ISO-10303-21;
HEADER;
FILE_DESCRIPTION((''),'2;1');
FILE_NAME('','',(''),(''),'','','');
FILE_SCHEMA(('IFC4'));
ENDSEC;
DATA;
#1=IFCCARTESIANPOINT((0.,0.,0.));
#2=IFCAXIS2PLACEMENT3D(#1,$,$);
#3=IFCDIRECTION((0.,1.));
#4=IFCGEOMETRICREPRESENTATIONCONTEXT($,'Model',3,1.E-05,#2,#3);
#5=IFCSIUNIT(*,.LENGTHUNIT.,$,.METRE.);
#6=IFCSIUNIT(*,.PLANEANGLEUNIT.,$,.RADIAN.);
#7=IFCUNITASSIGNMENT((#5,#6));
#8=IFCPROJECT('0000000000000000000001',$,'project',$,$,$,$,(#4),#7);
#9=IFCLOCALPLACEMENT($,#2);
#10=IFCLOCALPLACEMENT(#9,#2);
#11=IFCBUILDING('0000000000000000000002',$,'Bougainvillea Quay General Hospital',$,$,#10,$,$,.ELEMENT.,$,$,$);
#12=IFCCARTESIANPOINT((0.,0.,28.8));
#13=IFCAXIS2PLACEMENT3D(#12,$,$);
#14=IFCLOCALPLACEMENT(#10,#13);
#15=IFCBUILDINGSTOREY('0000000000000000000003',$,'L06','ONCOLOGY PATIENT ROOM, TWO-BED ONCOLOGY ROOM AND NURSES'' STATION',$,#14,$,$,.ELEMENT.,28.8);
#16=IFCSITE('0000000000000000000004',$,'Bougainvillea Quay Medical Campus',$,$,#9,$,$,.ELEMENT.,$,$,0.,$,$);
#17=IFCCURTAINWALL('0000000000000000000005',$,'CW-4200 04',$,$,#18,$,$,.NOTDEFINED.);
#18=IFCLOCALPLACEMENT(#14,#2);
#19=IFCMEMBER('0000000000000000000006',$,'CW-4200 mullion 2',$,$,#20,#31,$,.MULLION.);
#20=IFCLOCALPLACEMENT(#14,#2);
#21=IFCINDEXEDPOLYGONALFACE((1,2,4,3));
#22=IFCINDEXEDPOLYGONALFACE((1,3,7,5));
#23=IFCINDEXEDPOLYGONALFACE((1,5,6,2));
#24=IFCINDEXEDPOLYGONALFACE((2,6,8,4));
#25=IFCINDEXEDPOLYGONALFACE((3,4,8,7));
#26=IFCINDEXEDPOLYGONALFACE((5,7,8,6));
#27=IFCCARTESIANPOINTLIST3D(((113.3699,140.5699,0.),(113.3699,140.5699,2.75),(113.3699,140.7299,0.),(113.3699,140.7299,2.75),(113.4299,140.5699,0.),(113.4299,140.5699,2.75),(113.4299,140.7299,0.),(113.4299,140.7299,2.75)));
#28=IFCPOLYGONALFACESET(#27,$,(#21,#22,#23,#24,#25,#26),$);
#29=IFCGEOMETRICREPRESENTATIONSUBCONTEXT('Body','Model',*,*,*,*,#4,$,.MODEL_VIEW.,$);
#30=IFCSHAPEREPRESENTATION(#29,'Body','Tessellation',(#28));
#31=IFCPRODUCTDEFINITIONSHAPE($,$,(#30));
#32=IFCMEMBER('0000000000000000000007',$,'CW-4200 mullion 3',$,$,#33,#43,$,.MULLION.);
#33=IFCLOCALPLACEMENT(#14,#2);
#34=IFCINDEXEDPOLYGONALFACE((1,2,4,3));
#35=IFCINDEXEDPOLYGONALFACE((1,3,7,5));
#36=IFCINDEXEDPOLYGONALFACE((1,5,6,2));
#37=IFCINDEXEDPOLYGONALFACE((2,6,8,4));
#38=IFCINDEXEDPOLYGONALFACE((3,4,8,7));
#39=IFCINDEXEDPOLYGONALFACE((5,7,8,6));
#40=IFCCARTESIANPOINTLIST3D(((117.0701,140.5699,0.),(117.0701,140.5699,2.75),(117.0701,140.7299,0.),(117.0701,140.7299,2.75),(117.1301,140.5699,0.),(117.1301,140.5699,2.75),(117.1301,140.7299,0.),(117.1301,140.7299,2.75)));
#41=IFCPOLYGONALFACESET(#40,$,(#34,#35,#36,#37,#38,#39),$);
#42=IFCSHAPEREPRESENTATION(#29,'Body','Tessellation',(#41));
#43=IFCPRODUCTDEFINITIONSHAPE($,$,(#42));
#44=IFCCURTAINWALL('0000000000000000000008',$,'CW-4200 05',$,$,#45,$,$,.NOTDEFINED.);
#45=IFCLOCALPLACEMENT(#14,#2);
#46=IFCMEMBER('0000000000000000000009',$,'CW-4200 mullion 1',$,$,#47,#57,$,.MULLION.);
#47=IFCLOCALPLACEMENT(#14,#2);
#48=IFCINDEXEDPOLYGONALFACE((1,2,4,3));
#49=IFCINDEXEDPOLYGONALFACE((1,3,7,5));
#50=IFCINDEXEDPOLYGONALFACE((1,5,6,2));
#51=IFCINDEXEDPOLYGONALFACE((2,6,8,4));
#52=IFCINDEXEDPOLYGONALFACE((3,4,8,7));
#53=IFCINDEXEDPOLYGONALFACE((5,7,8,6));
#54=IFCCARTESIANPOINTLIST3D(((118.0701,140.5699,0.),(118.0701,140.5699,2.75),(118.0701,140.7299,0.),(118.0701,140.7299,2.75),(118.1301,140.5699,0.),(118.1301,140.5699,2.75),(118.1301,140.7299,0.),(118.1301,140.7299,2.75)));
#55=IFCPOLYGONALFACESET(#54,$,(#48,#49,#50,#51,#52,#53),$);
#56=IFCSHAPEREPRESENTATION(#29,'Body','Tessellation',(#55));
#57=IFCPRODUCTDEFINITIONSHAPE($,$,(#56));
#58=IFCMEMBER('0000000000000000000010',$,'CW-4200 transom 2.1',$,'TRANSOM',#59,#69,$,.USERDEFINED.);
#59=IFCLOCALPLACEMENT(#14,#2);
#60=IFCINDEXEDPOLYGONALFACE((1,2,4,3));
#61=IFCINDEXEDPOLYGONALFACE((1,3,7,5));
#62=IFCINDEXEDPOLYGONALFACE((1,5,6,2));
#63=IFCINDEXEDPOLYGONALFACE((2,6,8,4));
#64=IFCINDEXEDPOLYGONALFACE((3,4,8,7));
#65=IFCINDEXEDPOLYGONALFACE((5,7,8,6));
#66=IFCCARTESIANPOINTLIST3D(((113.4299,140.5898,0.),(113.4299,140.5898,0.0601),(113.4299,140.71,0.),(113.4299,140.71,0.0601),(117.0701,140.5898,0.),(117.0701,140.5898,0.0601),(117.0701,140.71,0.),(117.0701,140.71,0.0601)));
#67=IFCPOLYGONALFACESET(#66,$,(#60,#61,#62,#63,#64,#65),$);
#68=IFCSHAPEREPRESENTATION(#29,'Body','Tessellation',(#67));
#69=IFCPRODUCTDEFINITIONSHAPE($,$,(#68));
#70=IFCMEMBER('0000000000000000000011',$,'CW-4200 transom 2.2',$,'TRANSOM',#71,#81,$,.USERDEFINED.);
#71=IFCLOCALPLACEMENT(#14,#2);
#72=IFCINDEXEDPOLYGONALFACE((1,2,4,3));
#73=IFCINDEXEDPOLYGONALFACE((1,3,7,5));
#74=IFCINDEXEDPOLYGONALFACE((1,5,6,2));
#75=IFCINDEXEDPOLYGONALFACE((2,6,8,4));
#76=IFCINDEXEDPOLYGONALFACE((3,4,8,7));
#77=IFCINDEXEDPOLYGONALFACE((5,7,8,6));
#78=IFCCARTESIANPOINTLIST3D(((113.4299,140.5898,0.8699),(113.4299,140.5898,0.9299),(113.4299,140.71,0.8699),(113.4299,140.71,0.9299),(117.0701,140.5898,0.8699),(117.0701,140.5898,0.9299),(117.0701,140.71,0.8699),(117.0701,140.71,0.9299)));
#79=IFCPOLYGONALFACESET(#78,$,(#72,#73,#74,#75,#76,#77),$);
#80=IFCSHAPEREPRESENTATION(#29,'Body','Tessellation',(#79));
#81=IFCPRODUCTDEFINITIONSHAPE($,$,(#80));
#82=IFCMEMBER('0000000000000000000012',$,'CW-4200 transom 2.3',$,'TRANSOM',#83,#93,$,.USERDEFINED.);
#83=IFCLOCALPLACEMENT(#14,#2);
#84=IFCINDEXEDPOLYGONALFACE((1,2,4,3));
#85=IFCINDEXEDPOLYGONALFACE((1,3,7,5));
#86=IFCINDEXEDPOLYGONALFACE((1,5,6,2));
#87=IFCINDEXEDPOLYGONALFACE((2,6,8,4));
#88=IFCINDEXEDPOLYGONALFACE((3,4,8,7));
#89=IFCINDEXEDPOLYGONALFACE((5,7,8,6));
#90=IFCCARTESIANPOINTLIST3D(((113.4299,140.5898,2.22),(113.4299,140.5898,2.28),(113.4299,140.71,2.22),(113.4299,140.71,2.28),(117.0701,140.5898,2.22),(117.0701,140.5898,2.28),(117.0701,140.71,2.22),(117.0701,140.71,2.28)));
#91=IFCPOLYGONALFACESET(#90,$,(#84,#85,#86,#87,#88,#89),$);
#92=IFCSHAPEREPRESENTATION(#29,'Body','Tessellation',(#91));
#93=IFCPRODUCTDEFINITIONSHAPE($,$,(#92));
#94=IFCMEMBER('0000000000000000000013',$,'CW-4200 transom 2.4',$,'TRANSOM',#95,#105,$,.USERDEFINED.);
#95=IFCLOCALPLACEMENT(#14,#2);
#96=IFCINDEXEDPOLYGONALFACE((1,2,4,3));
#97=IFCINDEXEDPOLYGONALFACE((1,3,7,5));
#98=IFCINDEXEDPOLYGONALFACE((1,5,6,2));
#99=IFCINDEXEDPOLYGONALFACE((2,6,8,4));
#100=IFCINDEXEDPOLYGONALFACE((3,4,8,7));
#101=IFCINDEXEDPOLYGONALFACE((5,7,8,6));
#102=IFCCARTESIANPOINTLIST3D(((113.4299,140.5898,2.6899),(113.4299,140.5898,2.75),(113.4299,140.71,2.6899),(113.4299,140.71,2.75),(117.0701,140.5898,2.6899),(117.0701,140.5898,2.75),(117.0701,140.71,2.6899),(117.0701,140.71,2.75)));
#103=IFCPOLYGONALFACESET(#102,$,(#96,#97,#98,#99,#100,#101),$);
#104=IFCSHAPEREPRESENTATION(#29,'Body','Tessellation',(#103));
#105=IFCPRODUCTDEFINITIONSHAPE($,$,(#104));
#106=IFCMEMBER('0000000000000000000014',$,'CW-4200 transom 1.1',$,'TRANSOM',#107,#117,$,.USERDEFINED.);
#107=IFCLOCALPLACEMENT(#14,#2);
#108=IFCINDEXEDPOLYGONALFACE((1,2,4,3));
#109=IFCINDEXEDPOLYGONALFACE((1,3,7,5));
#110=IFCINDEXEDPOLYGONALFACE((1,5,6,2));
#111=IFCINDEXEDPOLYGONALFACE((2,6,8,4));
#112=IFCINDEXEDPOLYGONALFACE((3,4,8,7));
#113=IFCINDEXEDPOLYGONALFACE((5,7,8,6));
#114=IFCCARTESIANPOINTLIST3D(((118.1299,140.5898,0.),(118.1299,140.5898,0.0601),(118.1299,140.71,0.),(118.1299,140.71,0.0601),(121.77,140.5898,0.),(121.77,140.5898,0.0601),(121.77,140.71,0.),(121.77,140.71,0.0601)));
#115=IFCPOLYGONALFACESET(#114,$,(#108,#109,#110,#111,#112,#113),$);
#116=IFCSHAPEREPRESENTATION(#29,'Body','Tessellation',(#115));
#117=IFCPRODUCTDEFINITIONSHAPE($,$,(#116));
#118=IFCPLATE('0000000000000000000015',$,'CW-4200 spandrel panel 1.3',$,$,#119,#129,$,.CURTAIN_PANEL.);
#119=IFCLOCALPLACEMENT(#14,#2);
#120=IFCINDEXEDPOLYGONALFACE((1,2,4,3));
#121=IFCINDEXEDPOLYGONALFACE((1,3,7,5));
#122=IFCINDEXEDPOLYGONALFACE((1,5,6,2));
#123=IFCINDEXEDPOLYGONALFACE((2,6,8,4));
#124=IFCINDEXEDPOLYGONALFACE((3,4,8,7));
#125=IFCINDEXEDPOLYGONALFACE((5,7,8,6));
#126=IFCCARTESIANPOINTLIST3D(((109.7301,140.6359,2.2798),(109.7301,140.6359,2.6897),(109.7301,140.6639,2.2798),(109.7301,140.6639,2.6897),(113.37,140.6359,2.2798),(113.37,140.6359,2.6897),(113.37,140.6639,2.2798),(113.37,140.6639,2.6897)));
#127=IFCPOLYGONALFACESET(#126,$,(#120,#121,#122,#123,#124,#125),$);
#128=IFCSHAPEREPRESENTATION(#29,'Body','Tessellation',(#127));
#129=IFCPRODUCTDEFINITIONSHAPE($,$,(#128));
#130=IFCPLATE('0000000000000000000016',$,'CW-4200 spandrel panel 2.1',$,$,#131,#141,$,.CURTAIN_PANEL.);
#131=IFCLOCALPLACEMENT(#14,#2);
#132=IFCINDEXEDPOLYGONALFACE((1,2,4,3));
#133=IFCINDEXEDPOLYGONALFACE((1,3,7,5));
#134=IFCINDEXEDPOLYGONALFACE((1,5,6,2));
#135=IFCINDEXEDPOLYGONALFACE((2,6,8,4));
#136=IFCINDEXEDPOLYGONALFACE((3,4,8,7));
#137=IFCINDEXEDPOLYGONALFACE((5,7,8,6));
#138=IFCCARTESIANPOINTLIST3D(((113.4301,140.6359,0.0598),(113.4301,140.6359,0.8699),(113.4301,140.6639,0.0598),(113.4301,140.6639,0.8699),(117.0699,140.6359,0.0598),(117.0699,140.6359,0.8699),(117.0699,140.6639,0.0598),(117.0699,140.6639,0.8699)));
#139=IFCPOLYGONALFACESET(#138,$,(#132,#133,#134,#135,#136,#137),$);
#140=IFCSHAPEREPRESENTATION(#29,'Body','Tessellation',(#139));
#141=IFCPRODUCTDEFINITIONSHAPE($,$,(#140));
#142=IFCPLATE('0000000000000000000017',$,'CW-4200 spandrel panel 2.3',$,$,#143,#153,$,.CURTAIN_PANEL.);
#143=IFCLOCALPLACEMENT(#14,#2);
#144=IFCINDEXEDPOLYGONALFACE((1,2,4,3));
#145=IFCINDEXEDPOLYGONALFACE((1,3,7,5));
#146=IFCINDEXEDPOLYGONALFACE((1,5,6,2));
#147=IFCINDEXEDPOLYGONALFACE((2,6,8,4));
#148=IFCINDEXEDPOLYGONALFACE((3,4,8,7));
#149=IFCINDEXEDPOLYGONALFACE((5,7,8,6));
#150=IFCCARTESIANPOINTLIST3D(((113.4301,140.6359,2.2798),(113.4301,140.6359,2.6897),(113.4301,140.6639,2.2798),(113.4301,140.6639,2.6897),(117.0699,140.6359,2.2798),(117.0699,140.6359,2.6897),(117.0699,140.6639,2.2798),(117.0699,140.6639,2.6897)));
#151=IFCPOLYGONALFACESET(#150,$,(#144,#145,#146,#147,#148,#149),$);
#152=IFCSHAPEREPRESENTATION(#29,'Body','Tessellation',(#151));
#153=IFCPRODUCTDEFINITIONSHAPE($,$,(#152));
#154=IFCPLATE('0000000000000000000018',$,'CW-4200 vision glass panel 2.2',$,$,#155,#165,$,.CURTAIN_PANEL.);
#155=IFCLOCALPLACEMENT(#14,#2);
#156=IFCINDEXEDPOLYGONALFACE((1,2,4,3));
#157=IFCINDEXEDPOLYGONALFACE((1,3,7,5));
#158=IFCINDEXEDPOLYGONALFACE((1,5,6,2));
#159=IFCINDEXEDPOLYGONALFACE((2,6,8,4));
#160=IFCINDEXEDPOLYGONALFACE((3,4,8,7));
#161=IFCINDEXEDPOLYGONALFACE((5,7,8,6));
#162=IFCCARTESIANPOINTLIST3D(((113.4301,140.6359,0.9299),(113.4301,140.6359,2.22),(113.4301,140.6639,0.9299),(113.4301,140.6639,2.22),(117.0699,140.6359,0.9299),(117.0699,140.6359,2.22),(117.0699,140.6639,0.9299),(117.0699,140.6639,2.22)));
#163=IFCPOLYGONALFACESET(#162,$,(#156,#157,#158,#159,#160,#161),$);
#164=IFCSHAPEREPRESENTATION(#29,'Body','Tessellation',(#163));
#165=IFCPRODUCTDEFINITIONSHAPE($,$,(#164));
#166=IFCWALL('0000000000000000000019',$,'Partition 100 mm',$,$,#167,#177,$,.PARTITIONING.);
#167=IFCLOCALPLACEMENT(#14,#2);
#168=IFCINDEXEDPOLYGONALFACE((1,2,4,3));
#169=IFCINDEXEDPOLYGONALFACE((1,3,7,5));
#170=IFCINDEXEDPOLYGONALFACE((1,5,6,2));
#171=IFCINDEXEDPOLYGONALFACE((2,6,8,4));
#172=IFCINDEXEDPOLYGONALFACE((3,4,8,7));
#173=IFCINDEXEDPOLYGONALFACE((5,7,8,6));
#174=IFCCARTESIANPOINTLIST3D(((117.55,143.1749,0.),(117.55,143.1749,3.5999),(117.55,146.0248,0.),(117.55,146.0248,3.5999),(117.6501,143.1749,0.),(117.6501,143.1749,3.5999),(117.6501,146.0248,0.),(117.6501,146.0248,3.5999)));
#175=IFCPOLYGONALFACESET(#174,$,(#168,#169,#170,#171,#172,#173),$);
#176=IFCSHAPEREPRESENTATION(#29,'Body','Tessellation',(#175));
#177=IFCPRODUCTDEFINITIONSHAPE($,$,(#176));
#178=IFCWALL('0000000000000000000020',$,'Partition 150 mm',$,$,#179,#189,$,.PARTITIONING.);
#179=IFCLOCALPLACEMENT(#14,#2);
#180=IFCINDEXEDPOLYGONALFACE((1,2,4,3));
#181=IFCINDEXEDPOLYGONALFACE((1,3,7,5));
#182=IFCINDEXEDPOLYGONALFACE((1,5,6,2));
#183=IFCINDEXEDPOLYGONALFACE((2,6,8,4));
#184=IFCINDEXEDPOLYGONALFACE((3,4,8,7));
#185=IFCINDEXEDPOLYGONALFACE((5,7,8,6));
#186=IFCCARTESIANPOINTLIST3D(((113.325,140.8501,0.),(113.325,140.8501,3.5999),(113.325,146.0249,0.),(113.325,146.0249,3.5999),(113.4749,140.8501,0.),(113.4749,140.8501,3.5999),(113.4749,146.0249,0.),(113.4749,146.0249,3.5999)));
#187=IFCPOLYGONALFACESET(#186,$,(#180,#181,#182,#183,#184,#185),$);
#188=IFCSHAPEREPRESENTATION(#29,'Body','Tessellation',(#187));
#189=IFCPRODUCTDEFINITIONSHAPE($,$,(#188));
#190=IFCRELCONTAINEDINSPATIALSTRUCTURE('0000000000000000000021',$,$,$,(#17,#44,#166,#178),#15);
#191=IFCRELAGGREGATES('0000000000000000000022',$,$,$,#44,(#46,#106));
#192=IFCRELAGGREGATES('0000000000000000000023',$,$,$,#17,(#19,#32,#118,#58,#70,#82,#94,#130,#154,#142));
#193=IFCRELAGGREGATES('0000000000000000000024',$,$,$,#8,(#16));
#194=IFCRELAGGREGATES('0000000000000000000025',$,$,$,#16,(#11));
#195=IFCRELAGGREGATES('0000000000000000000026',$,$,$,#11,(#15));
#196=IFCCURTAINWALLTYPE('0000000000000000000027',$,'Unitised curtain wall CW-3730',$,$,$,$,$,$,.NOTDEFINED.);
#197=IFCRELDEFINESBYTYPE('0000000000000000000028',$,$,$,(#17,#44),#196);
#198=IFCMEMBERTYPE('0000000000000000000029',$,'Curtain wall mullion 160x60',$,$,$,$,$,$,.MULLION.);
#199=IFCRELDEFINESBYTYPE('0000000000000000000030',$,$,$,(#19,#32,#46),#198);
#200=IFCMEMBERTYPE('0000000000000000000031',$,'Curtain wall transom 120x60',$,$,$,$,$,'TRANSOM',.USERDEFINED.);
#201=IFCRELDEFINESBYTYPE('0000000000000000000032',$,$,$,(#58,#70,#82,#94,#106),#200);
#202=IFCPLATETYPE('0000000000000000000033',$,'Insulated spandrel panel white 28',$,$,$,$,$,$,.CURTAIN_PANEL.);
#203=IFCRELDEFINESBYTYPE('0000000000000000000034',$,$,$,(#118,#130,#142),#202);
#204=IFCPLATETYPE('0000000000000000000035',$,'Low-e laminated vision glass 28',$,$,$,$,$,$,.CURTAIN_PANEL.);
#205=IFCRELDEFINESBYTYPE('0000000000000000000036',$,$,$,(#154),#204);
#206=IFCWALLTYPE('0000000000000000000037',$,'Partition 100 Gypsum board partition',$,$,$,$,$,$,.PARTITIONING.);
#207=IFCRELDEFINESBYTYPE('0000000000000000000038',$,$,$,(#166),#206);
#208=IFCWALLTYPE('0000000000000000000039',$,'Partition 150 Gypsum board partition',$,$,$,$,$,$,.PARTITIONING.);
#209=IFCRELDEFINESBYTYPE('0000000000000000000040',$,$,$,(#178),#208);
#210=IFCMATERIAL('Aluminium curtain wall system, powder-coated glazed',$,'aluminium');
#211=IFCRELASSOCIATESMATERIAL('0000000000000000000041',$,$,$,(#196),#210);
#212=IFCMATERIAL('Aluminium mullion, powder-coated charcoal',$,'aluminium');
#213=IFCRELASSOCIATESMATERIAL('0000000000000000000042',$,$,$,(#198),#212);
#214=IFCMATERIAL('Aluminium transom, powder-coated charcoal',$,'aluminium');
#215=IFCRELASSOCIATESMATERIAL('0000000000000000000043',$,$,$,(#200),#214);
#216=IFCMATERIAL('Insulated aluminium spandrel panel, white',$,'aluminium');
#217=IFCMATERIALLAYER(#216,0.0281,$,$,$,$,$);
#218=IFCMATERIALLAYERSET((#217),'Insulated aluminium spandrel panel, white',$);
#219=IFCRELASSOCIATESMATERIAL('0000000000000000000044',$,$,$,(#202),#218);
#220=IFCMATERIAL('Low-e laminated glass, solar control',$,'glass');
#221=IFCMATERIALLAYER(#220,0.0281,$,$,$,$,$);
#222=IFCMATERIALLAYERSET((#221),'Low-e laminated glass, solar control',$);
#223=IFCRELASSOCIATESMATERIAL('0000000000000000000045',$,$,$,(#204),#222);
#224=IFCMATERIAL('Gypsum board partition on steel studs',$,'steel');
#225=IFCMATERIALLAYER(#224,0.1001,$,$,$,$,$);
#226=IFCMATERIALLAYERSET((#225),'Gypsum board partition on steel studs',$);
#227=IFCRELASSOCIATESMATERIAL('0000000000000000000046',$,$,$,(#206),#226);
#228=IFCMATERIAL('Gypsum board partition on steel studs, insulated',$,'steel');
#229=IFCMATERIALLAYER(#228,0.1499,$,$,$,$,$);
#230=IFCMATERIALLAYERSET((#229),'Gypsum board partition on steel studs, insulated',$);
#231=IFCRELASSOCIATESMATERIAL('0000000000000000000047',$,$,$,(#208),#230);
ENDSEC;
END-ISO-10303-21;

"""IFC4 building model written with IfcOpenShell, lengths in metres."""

from ifc_helpers import new_model, si_unit, direction, frame, frame_2d, origin, origin_2d, place, context, subcontext, project, spatial, rectangle, extrude, material, layer, layer_set, material_profile, profile_set, type_object, element, aggregate, save


model = new_model("IFC4")

# Units and contexts
model_context = context("Model", 3, precision=1e-05, world=origin(), true_north=direction((0.0, 1.0)))
body_context = subcontext(model_context, "Body", "Model", "MODEL_VIEW")
ifc_project = project(units=[si_unit("LENGTHUNIT", "METRE"), si_unit("PLANEANGLEUNIT", "RADIAN")], contexts=[model_context])

# Site, building, storey
site_placement = place(None, origin())
site = spatial("IfcSite", under=ifc_project, at=site_placement, Name="Bougainvillea Quay Medical Campus", CompositionType="ELEMENT", RefElevation=0.0)
building_placement = place(site_placement, origin())
building = spatial("IfcBuilding", under=site, at=building_placement, Name="Bougainvillea Quay General Hospital", CompositionType="ELEMENT")
storey_placement = place(building_placement, frame((0.0, 0.0, 28.8)))
storey = spatial("IfcBuildingStorey", under=building, at=storey_placement, Name="L06", Description="ONCOLOGY PATIENT ROOM, TWO-BED ONCOLOGY ROOM AND NURSES' STATION", CompositionType="ELEMENT", Elevation=28.8)

# Curtain wall, members
ifc_material_1 = material(Name="Aluminium curtain wall system, powder-coated glazed", Category="aluminium")
curtain_wall_type = type_object("IfcCurtainWallType", Name="Unitised curtain wall CW-3730", PredefinedType="NOTDEFINED", material=ifc_material_1)
curtain_wall_1_placement = place(storey_placement, origin())
curtain_wall_1 = element("IfcCurtainWall", 1, at=curtain_wall_1_placement, inside=storey, type_object=curtain_wall_type, Name="CW-4200 04", PredefinedType="NOTDEFINED")
ifc_material_2 = material(Name="Aluminium mullion, powder-coated charcoal", Category="aluminium")
ifc_material_profile_1 = material_profile(ifc_material_2, rectangle(XDim=0.1599, YDim=0.0601, at=origin_2d()))
ifc_profile_set_1 = profile_set([ifc_material_profile_1], Name="Aluminium mullion, powder-coated charcoal")
member_type_1 = type_object("IfcMemberType", Name="Curtain wall mullion 160x60", PredefinedType="MULLION", material=ifc_profile_set_1)
member_1_placement = place(storey_placement, frame((113.3999, 140.6499, 0.0), z_axis=(0.0, 0.0, 1.0), x_axis=(0.0, 1.0, 0.0)))
member_1 = element("IfcMember", 2, at=member_1_placement, type_object=member_type_1, Name="CW-4200 mullion 2", PredefinedType="MULLION", context=body_context, shape_type="SweptSolid", body=[
    extrude(rectangle(XDim=0.1599, YDim=0.0601, at=origin_2d()), origin(), (0.0, 0.0, 1.0), 2.75),
])
member_2_placement = place(storey_placement, frame((117.1001, 140.6499, 0.0), z_axis=(0.0, 0.0, 1.0), x_axis=(0.0, 1.0, 0.0)))
member_2 = element("IfcMember", 3, at=member_2_placement, type_object=member_type_1, Name="CW-4200 mullion 3", PredefinedType="MULLION", context=body_context, shape_type="SweptSolid", body=[
    extrude(rectangle(XDim=0.1599, YDim=0.0601, at=origin_2d()), origin(), (0.0, 0.0, 1.0), 2.75),
])

# Curtain wall, member
curtain_wall_2_placement = place(storey_placement, origin())
curtain_wall_2 = element("IfcCurtainWall", 4, at=curtain_wall_2_placement, inside=storey, type_object=curtain_wall_type, Name="CW-4200 05", PredefinedType="NOTDEFINED")
member_3_placement = place(storey_placement, frame((118.1001, 140.6499, 0.0), z_axis=(0.0, 0.0, 1.0), x_axis=(0.0, 1.0, 0.0)))
member_3 = element("IfcMember", 5, at=member_3_placement, type_object=member_type_1, Name="CW-4200 mullion 1", PredefinedType="MULLION", context=body_context, shape_type="SweptSolid", body=[
    extrude(rectangle(XDim=0.1599, YDim=0.0601, at=origin_2d()), origin(), (0.0, 0.0, 1.0), 2.75),
])

# Members
ifc_material_3 = material(Name="Aluminium transom, powder-coated charcoal", Category="aluminium")
ifc_material_profile_2 = material_profile(ifc_material_3, rectangle(XDim=0.1201, YDim=0.0601, at=origin_2d()))
ifc_profile_set_2 = profile_set([ifc_material_profile_2], Name="Aluminium transom, powder-coated charcoal")
member_type_2 = type_object("IfcMemberType", Name="Curtain wall transom 120x60", ElementType="TRANSOM", PredefinedType="USERDEFINED", material=ifc_profile_set_2)
member_4_placement = place(storey_placement, frame((113.4299, 140.6499, 0.03), z_axis=(1.0, 0.0, 0.0), x_axis=(0.0, 1.0, 0.0)))
member_4 = element("IfcMember", 6, at=member_4_placement, type_object=member_type_2, Name="CW-4200 transom 2.1", ObjectType="TRANSOM", PredefinedType="USERDEFINED", context=body_context, shape_type="SweptSolid", body=[
    extrude(rectangle(XDim=0.1201, YDim=0.0601, at=origin_2d()), origin(), (0.0, 0.0, 1.0), 3.6401),
])
member_5_placement = place(storey_placement, frame((113.4299, 140.6499, 0.8999), z_axis=(1.0, 0.0, 0.0), x_axis=(0.0, 1.0, 0.0)))
member_5 = element("IfcMember", 7, at=member_5_placement, type_object=member_type_2, Name="CW-4200 transom 2.2", ObjectType="TRANSOM", PredefinedType="USERDEFINED", context=body_context, shape_type="SweptSolid", body=[
    extrude(rectangle(XDim=0.1201, YDim=0.0601, at=origin_2d()), origin(), (0.0, 0.0, 1.0), 3.6401),
])
member_6_placement = place(storey_placement, frame((113.4299, 140.6499, 2.25), z_axis=(1.0, 0.0, 0.0), x_axis=(0.0, 1.0, 0.0)))
member_6 = element("IfcMember", 8, at=member_6_placement, type_object=member_type_2, Name="CW-4200 transom 2.3", ObjectType="TRANSOM", PredefinedType="USERDEFINED", context=body_context, shape_type="SweptSolid", body=[
    extrude(rectangle(XDim=0.1201, YDim=0.0601, at=origin_2d()), origin(), (0.0, 0.0, 1.0), 3.6401),
])
member_7_placement = place(storey_placement, frame((113.4299, 140.6499, 2.72), z_axis=(1.0, 0.0, 0.0), x_axis=(0.0, 1.0, 0.0)))
member_7 = element("IfcMember", 9, at=member_7_placement, type_object=member_type_2, Name="CW-4200 transom 2.4", ObjectType="TRANSOM", PredefinedType="USERDEFINED", context=body_context, shape_type="SweptSolid", body=[
    extrude(rectangle(XDim=0.1201, YDim=0.0601, at=origin_2d()), origin(), (0.0, 0.0, 1.0), 3.6401),
])
member_8_placement = place(storey_placement, frame((118.1299, 140.6499, 0.03), z_axis=(1.0, 0.0, 0.0), x_axis=(0.0, 1.0, 0.0)))
member_8 = element("IfcMember", 10, at=member_8_placement, type_object=member_type_2, Name="CW-4200 transom 1.1", ObjectType="TRANSOM", PredefinedType="USERDEFINED", context=body_context, shape_type="SweptSolid", body=[
    extrude(rectangle(XDim=0.1201, YDim=0.0601, at=origin_2d()), origin(), (0.0, 0.0, 1.0), 3.6401),
])
aggregate(curtain_wall_2, [member_3, member_8])

# Plates
ifc_material_4 = material(Name="Insulated aluminium spandrel panel, white", Category="aluminium")
ifc_layer_1 = layer(ifc_material_4, 0.0281)
ifc_layer_set_1 = layer_set([ifc_layer_1], Name="Insulated aluminium spandrel panel, white")
plate_type_1 = type_object("IfcPlateType", Name="Insulated spandrel panel white 28", PredefinedType="CURTAIN_PANEL", material=ifc_layer_set_1)
plate_1_placement = place(storey_placement, frame((111.55, 140.6499, 2.2798), z_axis=(0.0, 0.0, 1.0), x_axis=(1.0, 0.0, 0.0)))
plate_1 = element("IfcPlate", 11, at=plate_1_placement, type_object=plate_type_1, Name="CW-4200 spandrel panel 1.3", PredefinedType="CURTAIN_PANEL", context=body_context, shape_type="SweptSolid", body=[
    extrude(rectangle(XDim=3.6399, YDim=0.0281, at=origin_2d()), origin(), (0.0, 0.0, 1.0), 0.4099),
])
plate_2_placement = place(storey_placement, frame((115.25, 140.6499, 0.0598), z_axis=(0.0, 0.0, 1.0), x_axis=(1.0, 0.0, 0.0)))
plate_2 = element("IfcPlate", 12, at=plate_2_placement, type_object=plate_type_1, Name="CW-4200 spandrel panel 2.1", PredefinedType="CURTAIN_PANEL", context=body_context, shape_type="SweptSolid", body=[
    extrude(rectangle(XDim=3.6399, YDim=0.0281, at=origin_2d()), origin(), (0.0, 0.0, 1.0), 0.8101),
])
plate_3_placement = place(storey_placement, frame((115.25, 140.6499, 2.2798), z_axis=(0.0, 0.0, 1.0), x_axis=(1.0, 0.0, 0.0)))
plate_3 = element("IfcPlate", 13, at=plate_3_placement, type_object=plate_type_1, Name="CW-4200 spandrel panel 2.3", PredefinedType="CURTAIN_PANEL", context=body_context, shape_type="SweptSolid", body=[
    extrude(rectangle(XDim=3.6399, YDim=0.0281, at=origin_2d()), origin(), (0.0, 0.0, 1.0), 0.4099),
])
ifc_material_5 = material(Name="Low-e laminated glass, solar control", Category="glass")
ifc_layer_2 = layer(ifc_material_5, 0.0281)
ifc_layer_set_2 = layer_set([ifc_layer_2], Name="Low-e laminated glass, solar control")
plate_type_2 = type_object("IfcPlateType", Name="Low-e laminated vision glass 28", PredefinedType="CURTAIN_PANEL", material=ifc_layer_set_2)
plate_4_placement = place(storey_placement, frame((115.25, 140.6499, 0.9299), z_axis=(0.0, 0.0, 1.0), x_axis=(1.0, 0.0, 0.0)))
plate_4 = element("IfcPlate", 14, at=plate_4_placement, type_object=plate_type_2, Name="CW-4200 vision glass panel 2.2", PredefinedType="CURTAIN_PANEL", context=body_context, shape_type="SweptSolid", body=[
    extrude(rectangle(XDim=3.6399, YDim=0.0281, at=origin_2d()), origin(), (0.0, 0.0, 1.0), 1.29),
])
aggregate(curtain_wall_1, [member_1, member_2, plate_1, member_4, member_5, member_6, member_7, plate_2, plate_4, plate_3])

# Walls
ifc_material_6 = material(Name="Gypsum board partition on steel studs", Category="steel")
ifc_layer_3 = layer(ifc_material_6, 0.1001)
ifc_layer_set_3 = layer_set([ifc_layer_3], Name="Gypsum board partition on steel studs")
wall_type_1 = type_object("IfcWallType", Name="Partition 100 Gypsum board partition", PredefinedType="PARTITIONING", material=ifc_layer_set_3)
wall_1_placement = place(storey_placement, frame((117.6001, 143.175, 0.0), z_axis=(0.0, 0.0, 1.0), x_axis=(0.0, 1.0, 0.0)))
element("IfcWall", 15, at=wall_1_placement, inside=storey, type_object=wall_type_1, Name="Partition 100 mm", PredefinedType="PARTITIONING", context=body_context, shape_type="SweptSolid", body=[
    extrude(rectangle(XDim=2.8499, YDim=0.1001, at=frame_2d((1.4248, 0.0))), origin(), (0.0, 0.0, 1.0), 3.5999),
])
ifc_material_7 = material(Name="Gypsum board partition on steel studs, insulated", Category="steel")
ifc_layer_4 = layer(ifc_material_7, 0.1499)
ifc_layer_set_4 = layer_set([ifc_layer_4], Name="Gypsum board partition on steel studs, insulated")
wall_type_2 = type_object("IfcWallType", Name="Partition 150 Gypsum board partition", PredefinedType="PARTITIONING", material=ifc_layer_set_4)
wall_2_placement = place(storey_placement, frame((113.3999, 140.8501, 0.0), z_axis=(0.0, 0.0, 1.0), x_axis=(0.0, 1.0, 0.0)))
element("IfcWall", 16, at=wall_2_placement, inside=storey, type_object=wall_type_2, Name="Partition 150 mm", PredefinedType="PARTITIONING", context=body_context, shape_type="SweptSolid", body=[
    extrude(rectangle(XDim=5.1748, YDim=0.1499, at=frame_2d((2.5874, 0.0))), origin(), (0.0, 0.0, 1.0), 3.5999),
])

save(model, "model.ifc")
